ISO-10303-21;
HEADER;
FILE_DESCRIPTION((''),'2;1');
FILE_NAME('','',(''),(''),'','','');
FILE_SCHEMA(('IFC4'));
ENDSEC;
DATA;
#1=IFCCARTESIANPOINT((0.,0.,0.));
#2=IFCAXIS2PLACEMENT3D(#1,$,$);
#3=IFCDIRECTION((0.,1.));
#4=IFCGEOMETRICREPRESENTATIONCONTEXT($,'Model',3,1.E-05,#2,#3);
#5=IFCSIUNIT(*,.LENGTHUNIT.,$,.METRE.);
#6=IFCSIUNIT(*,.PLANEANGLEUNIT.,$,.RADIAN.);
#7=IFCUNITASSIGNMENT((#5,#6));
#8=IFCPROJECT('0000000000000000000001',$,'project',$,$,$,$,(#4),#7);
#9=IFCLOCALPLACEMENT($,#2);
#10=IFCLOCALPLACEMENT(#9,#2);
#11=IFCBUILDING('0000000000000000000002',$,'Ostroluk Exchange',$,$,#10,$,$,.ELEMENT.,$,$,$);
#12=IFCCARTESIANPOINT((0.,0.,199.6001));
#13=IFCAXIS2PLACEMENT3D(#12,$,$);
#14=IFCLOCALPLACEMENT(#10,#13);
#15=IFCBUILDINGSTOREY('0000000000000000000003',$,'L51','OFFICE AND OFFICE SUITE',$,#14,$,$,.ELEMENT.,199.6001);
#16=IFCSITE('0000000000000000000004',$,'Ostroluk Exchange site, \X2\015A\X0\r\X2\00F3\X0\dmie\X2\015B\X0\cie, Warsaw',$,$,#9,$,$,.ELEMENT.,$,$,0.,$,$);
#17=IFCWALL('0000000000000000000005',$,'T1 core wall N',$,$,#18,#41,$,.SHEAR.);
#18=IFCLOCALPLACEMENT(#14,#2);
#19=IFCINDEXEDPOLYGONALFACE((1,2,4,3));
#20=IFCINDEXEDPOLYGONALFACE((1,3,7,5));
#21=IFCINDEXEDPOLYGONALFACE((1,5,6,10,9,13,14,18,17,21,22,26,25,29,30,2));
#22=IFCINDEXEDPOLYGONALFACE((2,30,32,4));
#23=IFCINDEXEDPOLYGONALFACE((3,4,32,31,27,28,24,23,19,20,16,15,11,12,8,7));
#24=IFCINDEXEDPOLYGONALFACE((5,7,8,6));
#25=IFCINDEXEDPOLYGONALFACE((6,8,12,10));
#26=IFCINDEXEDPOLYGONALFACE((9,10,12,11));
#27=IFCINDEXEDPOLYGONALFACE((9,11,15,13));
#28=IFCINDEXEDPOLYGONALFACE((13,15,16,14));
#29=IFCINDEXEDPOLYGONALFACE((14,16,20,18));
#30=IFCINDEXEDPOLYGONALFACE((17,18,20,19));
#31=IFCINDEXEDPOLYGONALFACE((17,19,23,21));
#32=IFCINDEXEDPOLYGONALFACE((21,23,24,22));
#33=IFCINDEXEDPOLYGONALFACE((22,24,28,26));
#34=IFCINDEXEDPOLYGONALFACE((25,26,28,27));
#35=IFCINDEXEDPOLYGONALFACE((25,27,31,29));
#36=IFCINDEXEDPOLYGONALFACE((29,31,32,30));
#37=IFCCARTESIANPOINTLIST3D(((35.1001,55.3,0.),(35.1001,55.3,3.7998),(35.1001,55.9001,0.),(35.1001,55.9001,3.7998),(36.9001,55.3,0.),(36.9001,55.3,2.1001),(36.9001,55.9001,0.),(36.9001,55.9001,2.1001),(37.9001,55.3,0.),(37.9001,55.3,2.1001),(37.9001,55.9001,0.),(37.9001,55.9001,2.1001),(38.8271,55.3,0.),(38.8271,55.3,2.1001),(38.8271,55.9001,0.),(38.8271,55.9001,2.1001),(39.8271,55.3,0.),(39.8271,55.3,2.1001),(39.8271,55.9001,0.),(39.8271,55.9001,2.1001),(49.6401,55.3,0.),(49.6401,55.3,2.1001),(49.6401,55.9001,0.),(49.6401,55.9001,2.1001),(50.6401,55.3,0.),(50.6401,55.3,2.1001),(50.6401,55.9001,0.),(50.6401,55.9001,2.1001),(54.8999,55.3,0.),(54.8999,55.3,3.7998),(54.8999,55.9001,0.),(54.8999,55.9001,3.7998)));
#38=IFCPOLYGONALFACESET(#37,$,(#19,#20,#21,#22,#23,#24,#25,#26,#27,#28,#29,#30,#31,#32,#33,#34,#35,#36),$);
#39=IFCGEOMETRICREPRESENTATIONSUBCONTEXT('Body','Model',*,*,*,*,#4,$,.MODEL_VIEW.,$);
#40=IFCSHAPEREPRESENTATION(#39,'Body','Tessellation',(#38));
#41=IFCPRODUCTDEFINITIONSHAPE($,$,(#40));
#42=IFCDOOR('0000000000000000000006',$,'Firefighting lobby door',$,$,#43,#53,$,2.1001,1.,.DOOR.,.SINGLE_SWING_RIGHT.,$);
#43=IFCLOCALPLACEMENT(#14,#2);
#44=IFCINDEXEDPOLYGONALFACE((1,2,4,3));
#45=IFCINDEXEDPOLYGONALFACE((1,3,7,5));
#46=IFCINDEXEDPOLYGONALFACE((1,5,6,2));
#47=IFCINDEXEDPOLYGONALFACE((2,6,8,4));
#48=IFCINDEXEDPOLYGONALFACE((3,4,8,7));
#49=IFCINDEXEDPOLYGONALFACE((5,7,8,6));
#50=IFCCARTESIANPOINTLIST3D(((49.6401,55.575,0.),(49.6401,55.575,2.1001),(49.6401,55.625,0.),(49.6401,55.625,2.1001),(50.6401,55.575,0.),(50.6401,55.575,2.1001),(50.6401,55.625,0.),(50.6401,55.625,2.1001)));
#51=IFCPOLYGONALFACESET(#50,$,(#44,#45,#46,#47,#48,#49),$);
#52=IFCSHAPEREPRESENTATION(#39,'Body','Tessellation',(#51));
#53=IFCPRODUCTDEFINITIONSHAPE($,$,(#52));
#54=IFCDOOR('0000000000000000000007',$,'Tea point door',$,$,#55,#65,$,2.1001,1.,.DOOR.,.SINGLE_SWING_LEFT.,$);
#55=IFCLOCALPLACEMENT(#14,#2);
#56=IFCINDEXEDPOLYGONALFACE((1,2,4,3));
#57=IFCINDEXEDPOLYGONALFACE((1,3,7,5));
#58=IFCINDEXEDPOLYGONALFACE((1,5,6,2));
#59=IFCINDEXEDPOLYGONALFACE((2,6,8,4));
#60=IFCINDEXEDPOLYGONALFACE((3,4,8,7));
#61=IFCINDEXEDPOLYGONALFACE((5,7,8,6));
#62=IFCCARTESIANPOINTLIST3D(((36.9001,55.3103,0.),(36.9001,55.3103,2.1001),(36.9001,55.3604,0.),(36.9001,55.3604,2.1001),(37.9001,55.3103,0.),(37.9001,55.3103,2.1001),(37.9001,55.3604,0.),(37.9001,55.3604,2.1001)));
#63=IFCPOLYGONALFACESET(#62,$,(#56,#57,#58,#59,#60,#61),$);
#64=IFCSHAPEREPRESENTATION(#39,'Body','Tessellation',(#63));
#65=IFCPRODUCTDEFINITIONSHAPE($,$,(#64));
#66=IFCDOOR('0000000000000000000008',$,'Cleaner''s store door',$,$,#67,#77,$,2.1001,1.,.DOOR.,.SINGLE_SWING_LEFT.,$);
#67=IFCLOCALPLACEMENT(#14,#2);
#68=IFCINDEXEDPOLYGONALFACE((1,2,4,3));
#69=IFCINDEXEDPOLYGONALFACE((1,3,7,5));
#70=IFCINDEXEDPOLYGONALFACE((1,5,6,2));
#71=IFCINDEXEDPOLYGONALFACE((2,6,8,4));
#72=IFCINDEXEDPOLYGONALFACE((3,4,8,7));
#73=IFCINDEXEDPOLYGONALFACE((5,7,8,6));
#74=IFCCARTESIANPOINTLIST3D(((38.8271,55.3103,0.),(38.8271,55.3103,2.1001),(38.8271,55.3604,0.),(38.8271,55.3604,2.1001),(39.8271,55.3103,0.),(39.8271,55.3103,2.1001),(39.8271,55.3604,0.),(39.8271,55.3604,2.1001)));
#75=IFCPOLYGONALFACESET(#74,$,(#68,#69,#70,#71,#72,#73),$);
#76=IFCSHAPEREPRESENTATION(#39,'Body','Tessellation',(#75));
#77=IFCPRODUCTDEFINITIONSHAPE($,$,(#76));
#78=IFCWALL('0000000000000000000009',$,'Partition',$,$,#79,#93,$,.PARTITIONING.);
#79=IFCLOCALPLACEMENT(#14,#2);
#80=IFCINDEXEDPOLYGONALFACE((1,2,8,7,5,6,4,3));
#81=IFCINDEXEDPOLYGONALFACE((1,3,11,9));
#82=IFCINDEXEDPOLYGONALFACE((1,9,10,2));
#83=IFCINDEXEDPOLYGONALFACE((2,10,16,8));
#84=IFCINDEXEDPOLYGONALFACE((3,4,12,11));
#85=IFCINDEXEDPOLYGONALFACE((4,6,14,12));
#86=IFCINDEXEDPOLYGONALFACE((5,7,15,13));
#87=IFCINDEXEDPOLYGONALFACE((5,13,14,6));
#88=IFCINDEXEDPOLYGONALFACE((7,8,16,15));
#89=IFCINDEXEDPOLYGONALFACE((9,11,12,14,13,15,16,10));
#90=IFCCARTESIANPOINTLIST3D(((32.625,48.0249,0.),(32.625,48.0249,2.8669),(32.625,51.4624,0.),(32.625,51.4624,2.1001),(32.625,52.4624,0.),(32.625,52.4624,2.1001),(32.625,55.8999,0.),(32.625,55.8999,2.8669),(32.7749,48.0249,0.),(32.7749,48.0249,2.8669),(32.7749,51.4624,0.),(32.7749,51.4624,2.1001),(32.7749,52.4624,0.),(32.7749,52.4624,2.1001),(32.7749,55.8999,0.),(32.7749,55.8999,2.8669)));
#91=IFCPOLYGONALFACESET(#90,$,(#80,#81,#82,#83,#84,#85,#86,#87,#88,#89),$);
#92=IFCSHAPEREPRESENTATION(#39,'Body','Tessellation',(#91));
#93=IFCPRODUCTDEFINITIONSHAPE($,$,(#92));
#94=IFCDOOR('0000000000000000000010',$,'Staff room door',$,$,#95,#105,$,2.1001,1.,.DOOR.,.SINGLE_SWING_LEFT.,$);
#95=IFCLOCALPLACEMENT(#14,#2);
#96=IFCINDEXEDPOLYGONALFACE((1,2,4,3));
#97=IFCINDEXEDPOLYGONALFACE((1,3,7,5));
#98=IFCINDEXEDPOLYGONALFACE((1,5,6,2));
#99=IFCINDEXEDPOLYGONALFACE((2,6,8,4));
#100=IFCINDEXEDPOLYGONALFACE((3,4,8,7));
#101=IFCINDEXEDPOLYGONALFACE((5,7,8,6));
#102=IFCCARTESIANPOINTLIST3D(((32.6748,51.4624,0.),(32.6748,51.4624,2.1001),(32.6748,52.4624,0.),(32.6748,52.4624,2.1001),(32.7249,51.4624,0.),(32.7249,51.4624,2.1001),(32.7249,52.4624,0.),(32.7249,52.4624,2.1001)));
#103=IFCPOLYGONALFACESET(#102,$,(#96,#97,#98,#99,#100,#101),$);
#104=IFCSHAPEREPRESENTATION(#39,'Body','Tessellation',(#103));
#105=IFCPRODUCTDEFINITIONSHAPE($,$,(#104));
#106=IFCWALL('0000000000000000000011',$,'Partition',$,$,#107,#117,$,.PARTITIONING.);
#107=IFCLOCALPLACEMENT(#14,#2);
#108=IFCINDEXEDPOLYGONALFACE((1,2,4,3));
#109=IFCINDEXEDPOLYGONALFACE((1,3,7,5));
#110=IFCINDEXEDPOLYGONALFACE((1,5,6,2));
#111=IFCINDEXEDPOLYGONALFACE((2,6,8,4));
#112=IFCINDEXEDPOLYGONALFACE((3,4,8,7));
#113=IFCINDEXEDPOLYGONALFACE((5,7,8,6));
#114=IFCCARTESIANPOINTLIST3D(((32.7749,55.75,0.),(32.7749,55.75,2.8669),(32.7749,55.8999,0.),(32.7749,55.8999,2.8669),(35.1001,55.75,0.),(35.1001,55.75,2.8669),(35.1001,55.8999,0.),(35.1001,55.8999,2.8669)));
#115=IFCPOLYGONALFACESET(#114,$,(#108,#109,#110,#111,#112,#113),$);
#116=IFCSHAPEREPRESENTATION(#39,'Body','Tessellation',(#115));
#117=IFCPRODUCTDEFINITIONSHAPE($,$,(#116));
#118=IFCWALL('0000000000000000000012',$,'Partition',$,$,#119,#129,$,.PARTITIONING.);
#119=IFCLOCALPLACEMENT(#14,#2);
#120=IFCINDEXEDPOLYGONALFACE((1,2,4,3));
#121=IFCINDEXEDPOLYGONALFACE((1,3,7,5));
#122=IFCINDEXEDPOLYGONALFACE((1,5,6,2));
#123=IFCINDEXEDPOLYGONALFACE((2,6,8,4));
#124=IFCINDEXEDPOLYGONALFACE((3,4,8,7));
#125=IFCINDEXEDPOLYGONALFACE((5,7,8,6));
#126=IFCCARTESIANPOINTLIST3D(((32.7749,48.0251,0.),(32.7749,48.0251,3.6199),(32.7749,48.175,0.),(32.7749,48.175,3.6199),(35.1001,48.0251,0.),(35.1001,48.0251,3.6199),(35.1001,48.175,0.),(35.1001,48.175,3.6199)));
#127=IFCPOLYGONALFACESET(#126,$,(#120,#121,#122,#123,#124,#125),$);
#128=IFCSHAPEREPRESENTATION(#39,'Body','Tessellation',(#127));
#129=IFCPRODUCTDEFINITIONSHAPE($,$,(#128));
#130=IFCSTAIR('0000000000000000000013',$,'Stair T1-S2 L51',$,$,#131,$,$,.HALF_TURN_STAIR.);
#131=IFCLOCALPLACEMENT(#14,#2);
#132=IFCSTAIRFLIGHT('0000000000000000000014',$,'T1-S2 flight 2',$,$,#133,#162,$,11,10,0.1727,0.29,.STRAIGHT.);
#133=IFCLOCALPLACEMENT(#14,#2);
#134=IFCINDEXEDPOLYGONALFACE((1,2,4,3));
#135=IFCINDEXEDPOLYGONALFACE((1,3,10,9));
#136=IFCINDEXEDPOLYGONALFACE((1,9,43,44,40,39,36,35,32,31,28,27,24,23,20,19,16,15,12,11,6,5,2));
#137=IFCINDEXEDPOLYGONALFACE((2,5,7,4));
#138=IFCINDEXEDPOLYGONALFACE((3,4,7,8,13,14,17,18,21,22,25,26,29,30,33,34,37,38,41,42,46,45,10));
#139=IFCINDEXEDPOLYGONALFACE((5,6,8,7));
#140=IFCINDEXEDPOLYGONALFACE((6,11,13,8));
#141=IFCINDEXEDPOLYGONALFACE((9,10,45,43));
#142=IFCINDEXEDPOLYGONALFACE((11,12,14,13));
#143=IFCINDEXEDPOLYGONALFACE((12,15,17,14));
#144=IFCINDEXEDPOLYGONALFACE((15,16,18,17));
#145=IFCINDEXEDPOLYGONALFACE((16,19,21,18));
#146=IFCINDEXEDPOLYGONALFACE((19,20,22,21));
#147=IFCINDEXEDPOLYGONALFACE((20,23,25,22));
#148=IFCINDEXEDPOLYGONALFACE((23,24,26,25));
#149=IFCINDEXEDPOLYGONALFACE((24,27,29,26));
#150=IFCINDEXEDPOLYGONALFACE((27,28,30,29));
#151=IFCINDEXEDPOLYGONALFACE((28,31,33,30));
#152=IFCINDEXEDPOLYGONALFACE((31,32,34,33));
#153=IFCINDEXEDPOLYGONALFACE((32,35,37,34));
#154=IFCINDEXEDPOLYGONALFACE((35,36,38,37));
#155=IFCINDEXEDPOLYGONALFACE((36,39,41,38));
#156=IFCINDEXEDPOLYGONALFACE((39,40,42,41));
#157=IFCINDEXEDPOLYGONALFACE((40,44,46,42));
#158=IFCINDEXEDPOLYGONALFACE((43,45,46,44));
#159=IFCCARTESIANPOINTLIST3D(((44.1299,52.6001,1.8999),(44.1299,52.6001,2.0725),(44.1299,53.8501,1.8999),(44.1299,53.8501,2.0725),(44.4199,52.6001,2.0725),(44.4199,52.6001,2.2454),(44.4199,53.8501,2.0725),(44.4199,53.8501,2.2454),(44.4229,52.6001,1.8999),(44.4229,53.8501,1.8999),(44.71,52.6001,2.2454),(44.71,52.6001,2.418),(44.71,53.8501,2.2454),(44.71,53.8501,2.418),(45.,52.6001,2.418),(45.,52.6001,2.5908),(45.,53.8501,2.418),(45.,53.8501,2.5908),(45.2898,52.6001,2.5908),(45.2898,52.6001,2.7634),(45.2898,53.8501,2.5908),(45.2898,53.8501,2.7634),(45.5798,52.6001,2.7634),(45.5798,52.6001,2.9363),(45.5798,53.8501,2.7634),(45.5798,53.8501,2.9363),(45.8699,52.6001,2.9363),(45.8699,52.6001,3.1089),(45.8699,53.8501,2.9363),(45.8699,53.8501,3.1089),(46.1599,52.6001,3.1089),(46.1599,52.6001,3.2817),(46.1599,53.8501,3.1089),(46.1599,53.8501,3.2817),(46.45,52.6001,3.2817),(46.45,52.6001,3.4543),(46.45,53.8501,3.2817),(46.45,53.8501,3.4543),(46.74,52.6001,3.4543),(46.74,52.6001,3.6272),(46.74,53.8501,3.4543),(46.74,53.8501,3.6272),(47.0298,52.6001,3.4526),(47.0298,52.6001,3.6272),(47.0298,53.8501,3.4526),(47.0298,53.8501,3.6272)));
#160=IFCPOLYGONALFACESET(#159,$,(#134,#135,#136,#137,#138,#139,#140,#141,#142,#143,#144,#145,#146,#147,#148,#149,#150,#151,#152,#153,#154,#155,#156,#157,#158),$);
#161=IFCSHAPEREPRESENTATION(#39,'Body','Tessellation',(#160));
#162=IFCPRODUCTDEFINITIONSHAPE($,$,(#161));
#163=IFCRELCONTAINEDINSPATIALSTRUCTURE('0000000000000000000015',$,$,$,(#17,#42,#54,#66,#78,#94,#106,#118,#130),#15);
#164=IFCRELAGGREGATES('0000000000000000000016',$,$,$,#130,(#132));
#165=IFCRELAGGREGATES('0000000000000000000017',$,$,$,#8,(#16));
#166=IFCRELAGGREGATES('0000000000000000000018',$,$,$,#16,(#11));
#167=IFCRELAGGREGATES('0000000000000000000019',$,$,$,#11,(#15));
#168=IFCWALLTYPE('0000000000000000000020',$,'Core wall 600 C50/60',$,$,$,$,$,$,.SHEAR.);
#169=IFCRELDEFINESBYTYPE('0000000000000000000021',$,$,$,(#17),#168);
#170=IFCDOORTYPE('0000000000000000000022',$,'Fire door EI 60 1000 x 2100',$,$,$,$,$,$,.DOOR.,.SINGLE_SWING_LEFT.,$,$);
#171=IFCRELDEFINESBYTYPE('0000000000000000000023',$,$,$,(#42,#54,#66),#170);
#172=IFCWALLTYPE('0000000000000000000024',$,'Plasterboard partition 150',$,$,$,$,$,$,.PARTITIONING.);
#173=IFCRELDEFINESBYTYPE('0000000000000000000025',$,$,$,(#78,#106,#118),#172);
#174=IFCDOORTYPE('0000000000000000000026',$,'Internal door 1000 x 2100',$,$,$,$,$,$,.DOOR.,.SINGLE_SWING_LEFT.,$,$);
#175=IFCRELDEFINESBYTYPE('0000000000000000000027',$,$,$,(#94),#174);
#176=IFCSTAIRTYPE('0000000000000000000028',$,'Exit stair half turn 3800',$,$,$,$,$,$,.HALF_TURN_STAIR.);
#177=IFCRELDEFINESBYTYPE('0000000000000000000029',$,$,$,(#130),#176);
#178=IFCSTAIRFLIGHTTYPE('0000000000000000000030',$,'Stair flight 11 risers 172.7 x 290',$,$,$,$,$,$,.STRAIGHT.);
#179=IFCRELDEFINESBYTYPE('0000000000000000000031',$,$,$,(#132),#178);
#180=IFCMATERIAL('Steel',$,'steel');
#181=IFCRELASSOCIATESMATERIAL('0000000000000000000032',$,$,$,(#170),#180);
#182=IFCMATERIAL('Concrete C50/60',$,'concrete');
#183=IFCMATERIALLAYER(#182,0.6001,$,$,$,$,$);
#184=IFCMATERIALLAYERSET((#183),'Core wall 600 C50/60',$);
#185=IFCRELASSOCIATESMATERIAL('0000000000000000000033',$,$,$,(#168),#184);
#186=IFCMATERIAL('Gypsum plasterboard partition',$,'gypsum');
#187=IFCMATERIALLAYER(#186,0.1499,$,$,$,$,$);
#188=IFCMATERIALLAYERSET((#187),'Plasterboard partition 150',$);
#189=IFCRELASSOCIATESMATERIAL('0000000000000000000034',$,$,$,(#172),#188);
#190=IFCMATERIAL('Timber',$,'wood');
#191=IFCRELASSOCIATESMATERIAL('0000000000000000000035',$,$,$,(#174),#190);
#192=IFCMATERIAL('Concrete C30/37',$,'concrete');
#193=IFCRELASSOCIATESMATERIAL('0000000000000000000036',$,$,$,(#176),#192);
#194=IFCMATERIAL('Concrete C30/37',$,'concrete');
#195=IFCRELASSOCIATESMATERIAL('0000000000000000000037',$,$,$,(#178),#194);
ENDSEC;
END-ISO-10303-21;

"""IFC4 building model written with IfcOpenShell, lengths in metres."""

from ifc_helpers import new_model, si_unit, direction, frame, frame_2d, origin, place, context, subcontext, project, spatial, polyline, rectangle, outline, extrude, material, layer, layer_set, type_object, element, fill, aggregate, save


model = new_model("IFC4")

# Units and contexts
model_context = context("Model", 3, precision=1e-05, world=origin(), true_north=direction((0.0, 1.0)))
body_context = subcontext(model_context, "Body", "Model", "MODEL_VIEW")
ifc_project = project(units=[si_unit("LENGTHUNIT", "METRE"), si_unit("PLANEANGLEUNIT", "RADIAN")], contexts=[model_context])

# Site, building, storey
site_placement = place(None, origin())
site = spatial("IfcSite", under=ifc_project, at=site_placement, Name="Ostroluk Exchange site, Śródmieście, Warsaw", CompositionType="ELEMENT", RefElevation=0.0)
building_placement = place(site_placement, origin())
building = spatial("IfcBuilding", under=site, at=building_placement, Name="Ostroluk Exchange", CompositionType="ELEMENT")
storey_placement = place(building_placement, frame((0.0, 0.0, 199.6001)))
storey = spatial("IfcBuildingStorey", under=building, at=storey_placement, Name="L51", Description="OFFICE AND OFFICE SUITE", CompositionType="ELEMENT", Elevation=199.6001)

# Wall, openings, doors
ifc_material_1 = material(Name="Steel", Category="steel")
door_type_1 = type_object("IfcDoorType", Name="Fire door EI 60 1000 x 2100", OperationType="SINGLE_SWING_LEFT", PredefinedType="DOOR", material=ifc_material_1)
ifc_material_2 = material(Name="Concrete C50/60", Category="concrete")
ifc_layer_1 = layer(ifc_material_2, 0.6001)
ifc_layer_set_1 = layer_set([ifc_layer_1], Name="Core wall 600 C50/60")
wall_type_1 = type_object("IfcWallType", Name="Core wall 600 C50/60", PredefinedType="SHEAR", material=ifc_layer_set_1)
wall_1_placement = place(storey_placement, frame((35.1001, 55.6001, 0.0), z_axis=(0.0, 0.0, 1.0), x_axis=(1.0, 0.0, 0.0)))
wall_1 = element("IfcWall", 1, at=wall_1_placement, inside=storey, type_object=wall_type_1, Name="T1 core wall N", PredefinedType="SHEAR", context=body_context, shape_type="SweptSolid", body=[
    extrude(rectangle(XDim=19.7998, YDim=0.6001, at=frame_2d((9.8999, 0.0))), origin(), (0.0, 0.0, 1.0), 3.7998),
])
opening_1_placement = place(wall_1_placement, frame((14.54, 0.0, 0.0)))
opening_1 = element("IfcOpeningElement", 2, at=opening_1_placement, cuts=wall_1, PredefinedType="OPENING", context=body_context, shape_type="SweptSolid", body=[
    extrude(rectangle(XDim=1.0, YDim=2.1001, at=frame_2d((0.5, 1.05))), frame((0.0, 0.3101, 0.0), z_axis=(0.0, -1.0, 0.0), x_axis=(1.0, 0.0, 0.0)), (0.0, 0.0, 1.0), 0.6201),
])
opening_2_placement = place(wall_1_placement, frame((1.8, 0.0, 0.0)))
opening_2 = element("IfcOpeningElement", 3, at=opening_2_placement, cuts=wall_1, PredefinedType="OPENING", context=body_context, shape_type="SweptSolid", body=[
    extrude(rectangle(XDim=1.0, YDim=2.1001, at=frame_2d((0.5, 1.05))), frame((0.0, 0.3101, 0.0), z_axis=(0.0, -1.0, 0.0), x_axis=(1.0, 0.0, 0.0)), (0.0, 0.0, 1.0), 0.6201),
])
opening_3_placement = place(wall_1_placement, frame((3.7271, 0.0, 0.0)))
opening_3 = element("IfcOpeningElement", 4, at=opening_3_placement, cuts=wall_1, PredefinedType="OPENING", context=body_context, shape_type="SweptSolid", body=[
    extrude(rectangle(XDim=1.0, YDim=2.1001, at=frame_2d((0.5, 1.05))), frame((0.0, 0.3101, 0.0), z_axis=(0.0, -1.0, 0.0), x_axis=(1.0, 0.0, 0.0)), (0.0, 0.0, 1.0), 0.6201),
])
door_1_placement = place(opening_1_placement, origin())
door_1 = element("IfcDoor", 5, at=door_1_placement, inside=storey, type_object=door_type_1, Name="Firefighting lobby door", OperationType="SINGLE_SWING_RIGHT", OverallHeight=2.1001, OverallWidth=1.0, PredefinedType="DOOR", context=body_context, shape_type="SweptSolid", body=[
    extrude(rectangle(XDim=1.0, YDim=2.1001, at=frame_2d((0.5, 1.05))), frame((0.0, 0.0249, 0.0), z_axis=(0.0, -1.0, 0.0), x_axis=(1.0, 0.0, 0.0)), (0.0, 0.0, 1.0), 0.05),
])
fill(opening_1, door_1)
door_2_placement = place(opening_2_placement, origin())
door_2 = element("IfcDoor", 6, at=door_2_placement, inside=storey, type_object=door_type_1, Name="Tea point door", OperationType="SINGLE_SWING_LEFT", OverallHeight=2.1001, OverallWidth=1.0, PredefinedType="DOOR", context=body_context, shape_type="SweptSolid", body=[
    extrude(rectangle(XDim=1.0, YDim=2.1001, at=frame_2d((0.5, 1.05))), frame((0.0, -0.2397, 0.0), z_axis=(0.0, -1.0, 0.0), x_axis=(1.0, 0.0, 0.0)), (0.0, 0.0, 1.0), 0.05),
])
fill(opening_2, door_2)
door_3_placement = place(opening_3_placement, origin())
door_3 = element("IfcDoor", 7, at=door_3_placement, inside=storey, type_object=door_type_1, Name="Cleaner's store door", OperationType="SINGLE_SWING_LEFT", OverallHeight=2.1001, OverallWidth=1.0, PredefinedType="DOOR", context=body_context, shape_type="SweptSolid", body=[
    extrude(rectangle(XDim=1.0, YDim=2.1001, at=frame_2d((0.5, 1.05))), frame((0.0, -0.2397, 0.0), z_axis=(0.0, -1.0, 0.0), x_axis=(1.0, 0.0, 0.0)), (0.0, 0.0, 1.0), 0.05),
])
fill(opening_3, door_3)

# Wall, opening, door
ifc_material_3 = material(Name="Gypsum plasterboard partition", Category="gypsum")
ifc_layer_2 = layer(ifc_material_3, 0.1499)
ifc_layer_set_2 = layer_set([ifc_layer_2], Name="Plasterboard partition 150")
wall_type_2 = type_object("IfcWallType", Name="Plasterboard partition 150", PredefinedType="PARTITIONING", material=ifc_layer_set_2)
wall_2_placement = place(storey_placement, frame((32.7, 55.8999, 0.0), z_axis=(0.0, 0.0, 1.0), x_axis=(0.0, -1.0, 0.0)))
wall_2 = element("IfcWall", 8, at=wall_2_placement, inside=storey, type_object=wall_type_2, Name="Partition", PredefinedType="PARTITIONING", context=body_context, shape_type="SweptSolid", body=[
    extrude(rectangle(XDim=7.875, YDim=0.1499, at=frame_2d((3.9375, 0.0))), origin(), (0.0, 0.0, 1.0), 2.8669),
])
opening_4_placement = place(wall_2_placement, frame((3.4375, 0.0, 0.0)))
opening_4 = element("IfcOpeningElement", 9, at=opening_4_placement, cuts=wall_2, PredefinedType="OPENING", context=body_context, shape_type="SweptSolid", body=[
    extrude(rectangle(XDim=1.0, YDim=2.1001, at=frame_2d((0.5, 1.05))), frame((0.0, 0.085, 0.0), z_axis=(0.0, -1.0, 0.0), x_axis=(1.0, 0.0, 0.0)), (0.0, 0.0, 1.0), 0.1699),
])
ifc_material_4 = material(Name="Timber", Category="wood")
door_type_2 = type_object("IfcDoorType", Name="Internal door 1000 x 2100", OperationType="SINGLE_SWING_LEFT", PredefinedType="DOOR", material=ifc_material_4)
door_4_placement = place(opening_4_placement, origin())
door_4 = element("IfcDoor", 10, at=door_4_placement, inside=storey, type_object=door_type_2, Name="Staff room door", OperationType="SINGLE_SWING_LEFT", OverallHeight=2.1001, OverallWidth=1.0, PredefinedType="DOOR", context=body_context, shape_type="SweptSolid", body=[
    extrude(rectangle(XDim=1.0, YDim=2.1001, at=frame_2d((0.5, 1.05))), frame((0.0, 0.0249, 0.0), z_axis=(0.0, -1.0, 0.0), x_axis=(1.0, 0.0, 0.0)), (0.0, 0.0, 1.0), 0.05),
])
fill(opening_4, door_4)

# Walls
wall_3_placement = place(storey_placement, frame((35.1001, 55.825, 0.0), z_axis=(0.0, 0.0, 1.0), x_axis=(-1.0, 0.0, 0.0)))
element("IfcWall", 11, at=wall_3_placement, inside=storey, type_object=wall_type_2, Name="Partition", PredefinedType="PARTITIONING", context=body_context, shape_type="SweptSolid", body=[
    extrude(rectangle(XDim=2.3252, YDim=0.1499, at=frame_2d((1.1626, 0.0))), origin(), (0.0, 0.0, 1.0), 2.8669),
])
wall_4_placement = place(storey_placement, frame((35.1001, 48.1001, 0.0), z_axis=(0.0, 0.0, 1.0), x_axis=(-1.0, 0.0, 0.0)))
element("IfcWall", 12, at=wall_4_placement, inside=storey, type_object=wall_type_2, Name="Partition", PredefinedType="PARTITIONING", context=body_context, shape_type="SweptSolid", body=[
    extrude(rectangle(XDim=2.3252, YDim=0.1499, at=frame_2d((1.1626, 0.0))), origin(), (0.0, 0.0, 1.0), 3.6199),
])

# Stair, stair flight
ifc_material_5 = material(Name="Concrete C30/37", Category="concrete")
stair_type = type_object("IfcStairType", Name="Exit stair half turn 3800", PredefinedType="HALF_TURN_STAIR", material=ifc_material_5)
stair_placement = place(storey_placement, origin())
stair = element("IfcStair", 13, at=stair_placement, inside=storey, type_object=stair_type, Name="Stair T1-S2 L51", PredefinedType="HALF_TURN_STAIR")
ifc_material_6 = material(Name="Concrete C30/37", Category="concrete")
stair_flight_type = type_object("IfcStairFlightType", Name="Stair flight 11 risers 172.7 x 290", PredefinedType="STRAIGHT", material=ifc_material_6)
stair_flight_placement = place(storey_placement, frame((44.1299, 53.2251, 1.8999), z_axis=(0.0, 0.0, 1.0), x_axis=(1.0, 0.0, 0.0)))
stair_flight = element("IfcStairFlight", 14, at=stair_flight_placement, type_object=stair_flight_type, Name="T1-S2 flight 2", NumberOfRisers=11, NumberOfTreads=10, PredefinedType="STRAIGHT", RiserHeight=0.1727, TreadLength=0.29, context=body_context, shape_type="SweptSolid", body=[
    extrude(outline(polyline([(0.0, 0.0), (0.0, 0.1726), (0.29, 0.1726), (0.29, 0.3455), (0.5801, 0.3455), (0.5801, 0.5181), (0.8701, 0.5181), (0.8701, 0.6909), (1.1599, 0.6909), (1.1599, 0.8635), (1.45, 0.8635), (1.45, 1.0364), (1.74, 1.0364), (1.74, 1.209), (2.03, 1.209), (2.03, 1.3818), (2.3201, 1.3818), (2.3201, 1.5544), (2.6101, 1.5544), (2.6101, 1.7273), (2.8999, 1.7273), (2.8999, 1.8999), (2.8999, 1.5527), (0.293, 0.0), (0.0, 0.0)])), frame((0.0, 0.625, 0.0), z_axis=(0.0, -1.0, 0.0), x_axis=(1.0, 0.0, 0.0)), (0.0, 0.0, 1.0), 1.25),
])
aggregate(stair, [stair_flight])

save(model, "model.ifc")
